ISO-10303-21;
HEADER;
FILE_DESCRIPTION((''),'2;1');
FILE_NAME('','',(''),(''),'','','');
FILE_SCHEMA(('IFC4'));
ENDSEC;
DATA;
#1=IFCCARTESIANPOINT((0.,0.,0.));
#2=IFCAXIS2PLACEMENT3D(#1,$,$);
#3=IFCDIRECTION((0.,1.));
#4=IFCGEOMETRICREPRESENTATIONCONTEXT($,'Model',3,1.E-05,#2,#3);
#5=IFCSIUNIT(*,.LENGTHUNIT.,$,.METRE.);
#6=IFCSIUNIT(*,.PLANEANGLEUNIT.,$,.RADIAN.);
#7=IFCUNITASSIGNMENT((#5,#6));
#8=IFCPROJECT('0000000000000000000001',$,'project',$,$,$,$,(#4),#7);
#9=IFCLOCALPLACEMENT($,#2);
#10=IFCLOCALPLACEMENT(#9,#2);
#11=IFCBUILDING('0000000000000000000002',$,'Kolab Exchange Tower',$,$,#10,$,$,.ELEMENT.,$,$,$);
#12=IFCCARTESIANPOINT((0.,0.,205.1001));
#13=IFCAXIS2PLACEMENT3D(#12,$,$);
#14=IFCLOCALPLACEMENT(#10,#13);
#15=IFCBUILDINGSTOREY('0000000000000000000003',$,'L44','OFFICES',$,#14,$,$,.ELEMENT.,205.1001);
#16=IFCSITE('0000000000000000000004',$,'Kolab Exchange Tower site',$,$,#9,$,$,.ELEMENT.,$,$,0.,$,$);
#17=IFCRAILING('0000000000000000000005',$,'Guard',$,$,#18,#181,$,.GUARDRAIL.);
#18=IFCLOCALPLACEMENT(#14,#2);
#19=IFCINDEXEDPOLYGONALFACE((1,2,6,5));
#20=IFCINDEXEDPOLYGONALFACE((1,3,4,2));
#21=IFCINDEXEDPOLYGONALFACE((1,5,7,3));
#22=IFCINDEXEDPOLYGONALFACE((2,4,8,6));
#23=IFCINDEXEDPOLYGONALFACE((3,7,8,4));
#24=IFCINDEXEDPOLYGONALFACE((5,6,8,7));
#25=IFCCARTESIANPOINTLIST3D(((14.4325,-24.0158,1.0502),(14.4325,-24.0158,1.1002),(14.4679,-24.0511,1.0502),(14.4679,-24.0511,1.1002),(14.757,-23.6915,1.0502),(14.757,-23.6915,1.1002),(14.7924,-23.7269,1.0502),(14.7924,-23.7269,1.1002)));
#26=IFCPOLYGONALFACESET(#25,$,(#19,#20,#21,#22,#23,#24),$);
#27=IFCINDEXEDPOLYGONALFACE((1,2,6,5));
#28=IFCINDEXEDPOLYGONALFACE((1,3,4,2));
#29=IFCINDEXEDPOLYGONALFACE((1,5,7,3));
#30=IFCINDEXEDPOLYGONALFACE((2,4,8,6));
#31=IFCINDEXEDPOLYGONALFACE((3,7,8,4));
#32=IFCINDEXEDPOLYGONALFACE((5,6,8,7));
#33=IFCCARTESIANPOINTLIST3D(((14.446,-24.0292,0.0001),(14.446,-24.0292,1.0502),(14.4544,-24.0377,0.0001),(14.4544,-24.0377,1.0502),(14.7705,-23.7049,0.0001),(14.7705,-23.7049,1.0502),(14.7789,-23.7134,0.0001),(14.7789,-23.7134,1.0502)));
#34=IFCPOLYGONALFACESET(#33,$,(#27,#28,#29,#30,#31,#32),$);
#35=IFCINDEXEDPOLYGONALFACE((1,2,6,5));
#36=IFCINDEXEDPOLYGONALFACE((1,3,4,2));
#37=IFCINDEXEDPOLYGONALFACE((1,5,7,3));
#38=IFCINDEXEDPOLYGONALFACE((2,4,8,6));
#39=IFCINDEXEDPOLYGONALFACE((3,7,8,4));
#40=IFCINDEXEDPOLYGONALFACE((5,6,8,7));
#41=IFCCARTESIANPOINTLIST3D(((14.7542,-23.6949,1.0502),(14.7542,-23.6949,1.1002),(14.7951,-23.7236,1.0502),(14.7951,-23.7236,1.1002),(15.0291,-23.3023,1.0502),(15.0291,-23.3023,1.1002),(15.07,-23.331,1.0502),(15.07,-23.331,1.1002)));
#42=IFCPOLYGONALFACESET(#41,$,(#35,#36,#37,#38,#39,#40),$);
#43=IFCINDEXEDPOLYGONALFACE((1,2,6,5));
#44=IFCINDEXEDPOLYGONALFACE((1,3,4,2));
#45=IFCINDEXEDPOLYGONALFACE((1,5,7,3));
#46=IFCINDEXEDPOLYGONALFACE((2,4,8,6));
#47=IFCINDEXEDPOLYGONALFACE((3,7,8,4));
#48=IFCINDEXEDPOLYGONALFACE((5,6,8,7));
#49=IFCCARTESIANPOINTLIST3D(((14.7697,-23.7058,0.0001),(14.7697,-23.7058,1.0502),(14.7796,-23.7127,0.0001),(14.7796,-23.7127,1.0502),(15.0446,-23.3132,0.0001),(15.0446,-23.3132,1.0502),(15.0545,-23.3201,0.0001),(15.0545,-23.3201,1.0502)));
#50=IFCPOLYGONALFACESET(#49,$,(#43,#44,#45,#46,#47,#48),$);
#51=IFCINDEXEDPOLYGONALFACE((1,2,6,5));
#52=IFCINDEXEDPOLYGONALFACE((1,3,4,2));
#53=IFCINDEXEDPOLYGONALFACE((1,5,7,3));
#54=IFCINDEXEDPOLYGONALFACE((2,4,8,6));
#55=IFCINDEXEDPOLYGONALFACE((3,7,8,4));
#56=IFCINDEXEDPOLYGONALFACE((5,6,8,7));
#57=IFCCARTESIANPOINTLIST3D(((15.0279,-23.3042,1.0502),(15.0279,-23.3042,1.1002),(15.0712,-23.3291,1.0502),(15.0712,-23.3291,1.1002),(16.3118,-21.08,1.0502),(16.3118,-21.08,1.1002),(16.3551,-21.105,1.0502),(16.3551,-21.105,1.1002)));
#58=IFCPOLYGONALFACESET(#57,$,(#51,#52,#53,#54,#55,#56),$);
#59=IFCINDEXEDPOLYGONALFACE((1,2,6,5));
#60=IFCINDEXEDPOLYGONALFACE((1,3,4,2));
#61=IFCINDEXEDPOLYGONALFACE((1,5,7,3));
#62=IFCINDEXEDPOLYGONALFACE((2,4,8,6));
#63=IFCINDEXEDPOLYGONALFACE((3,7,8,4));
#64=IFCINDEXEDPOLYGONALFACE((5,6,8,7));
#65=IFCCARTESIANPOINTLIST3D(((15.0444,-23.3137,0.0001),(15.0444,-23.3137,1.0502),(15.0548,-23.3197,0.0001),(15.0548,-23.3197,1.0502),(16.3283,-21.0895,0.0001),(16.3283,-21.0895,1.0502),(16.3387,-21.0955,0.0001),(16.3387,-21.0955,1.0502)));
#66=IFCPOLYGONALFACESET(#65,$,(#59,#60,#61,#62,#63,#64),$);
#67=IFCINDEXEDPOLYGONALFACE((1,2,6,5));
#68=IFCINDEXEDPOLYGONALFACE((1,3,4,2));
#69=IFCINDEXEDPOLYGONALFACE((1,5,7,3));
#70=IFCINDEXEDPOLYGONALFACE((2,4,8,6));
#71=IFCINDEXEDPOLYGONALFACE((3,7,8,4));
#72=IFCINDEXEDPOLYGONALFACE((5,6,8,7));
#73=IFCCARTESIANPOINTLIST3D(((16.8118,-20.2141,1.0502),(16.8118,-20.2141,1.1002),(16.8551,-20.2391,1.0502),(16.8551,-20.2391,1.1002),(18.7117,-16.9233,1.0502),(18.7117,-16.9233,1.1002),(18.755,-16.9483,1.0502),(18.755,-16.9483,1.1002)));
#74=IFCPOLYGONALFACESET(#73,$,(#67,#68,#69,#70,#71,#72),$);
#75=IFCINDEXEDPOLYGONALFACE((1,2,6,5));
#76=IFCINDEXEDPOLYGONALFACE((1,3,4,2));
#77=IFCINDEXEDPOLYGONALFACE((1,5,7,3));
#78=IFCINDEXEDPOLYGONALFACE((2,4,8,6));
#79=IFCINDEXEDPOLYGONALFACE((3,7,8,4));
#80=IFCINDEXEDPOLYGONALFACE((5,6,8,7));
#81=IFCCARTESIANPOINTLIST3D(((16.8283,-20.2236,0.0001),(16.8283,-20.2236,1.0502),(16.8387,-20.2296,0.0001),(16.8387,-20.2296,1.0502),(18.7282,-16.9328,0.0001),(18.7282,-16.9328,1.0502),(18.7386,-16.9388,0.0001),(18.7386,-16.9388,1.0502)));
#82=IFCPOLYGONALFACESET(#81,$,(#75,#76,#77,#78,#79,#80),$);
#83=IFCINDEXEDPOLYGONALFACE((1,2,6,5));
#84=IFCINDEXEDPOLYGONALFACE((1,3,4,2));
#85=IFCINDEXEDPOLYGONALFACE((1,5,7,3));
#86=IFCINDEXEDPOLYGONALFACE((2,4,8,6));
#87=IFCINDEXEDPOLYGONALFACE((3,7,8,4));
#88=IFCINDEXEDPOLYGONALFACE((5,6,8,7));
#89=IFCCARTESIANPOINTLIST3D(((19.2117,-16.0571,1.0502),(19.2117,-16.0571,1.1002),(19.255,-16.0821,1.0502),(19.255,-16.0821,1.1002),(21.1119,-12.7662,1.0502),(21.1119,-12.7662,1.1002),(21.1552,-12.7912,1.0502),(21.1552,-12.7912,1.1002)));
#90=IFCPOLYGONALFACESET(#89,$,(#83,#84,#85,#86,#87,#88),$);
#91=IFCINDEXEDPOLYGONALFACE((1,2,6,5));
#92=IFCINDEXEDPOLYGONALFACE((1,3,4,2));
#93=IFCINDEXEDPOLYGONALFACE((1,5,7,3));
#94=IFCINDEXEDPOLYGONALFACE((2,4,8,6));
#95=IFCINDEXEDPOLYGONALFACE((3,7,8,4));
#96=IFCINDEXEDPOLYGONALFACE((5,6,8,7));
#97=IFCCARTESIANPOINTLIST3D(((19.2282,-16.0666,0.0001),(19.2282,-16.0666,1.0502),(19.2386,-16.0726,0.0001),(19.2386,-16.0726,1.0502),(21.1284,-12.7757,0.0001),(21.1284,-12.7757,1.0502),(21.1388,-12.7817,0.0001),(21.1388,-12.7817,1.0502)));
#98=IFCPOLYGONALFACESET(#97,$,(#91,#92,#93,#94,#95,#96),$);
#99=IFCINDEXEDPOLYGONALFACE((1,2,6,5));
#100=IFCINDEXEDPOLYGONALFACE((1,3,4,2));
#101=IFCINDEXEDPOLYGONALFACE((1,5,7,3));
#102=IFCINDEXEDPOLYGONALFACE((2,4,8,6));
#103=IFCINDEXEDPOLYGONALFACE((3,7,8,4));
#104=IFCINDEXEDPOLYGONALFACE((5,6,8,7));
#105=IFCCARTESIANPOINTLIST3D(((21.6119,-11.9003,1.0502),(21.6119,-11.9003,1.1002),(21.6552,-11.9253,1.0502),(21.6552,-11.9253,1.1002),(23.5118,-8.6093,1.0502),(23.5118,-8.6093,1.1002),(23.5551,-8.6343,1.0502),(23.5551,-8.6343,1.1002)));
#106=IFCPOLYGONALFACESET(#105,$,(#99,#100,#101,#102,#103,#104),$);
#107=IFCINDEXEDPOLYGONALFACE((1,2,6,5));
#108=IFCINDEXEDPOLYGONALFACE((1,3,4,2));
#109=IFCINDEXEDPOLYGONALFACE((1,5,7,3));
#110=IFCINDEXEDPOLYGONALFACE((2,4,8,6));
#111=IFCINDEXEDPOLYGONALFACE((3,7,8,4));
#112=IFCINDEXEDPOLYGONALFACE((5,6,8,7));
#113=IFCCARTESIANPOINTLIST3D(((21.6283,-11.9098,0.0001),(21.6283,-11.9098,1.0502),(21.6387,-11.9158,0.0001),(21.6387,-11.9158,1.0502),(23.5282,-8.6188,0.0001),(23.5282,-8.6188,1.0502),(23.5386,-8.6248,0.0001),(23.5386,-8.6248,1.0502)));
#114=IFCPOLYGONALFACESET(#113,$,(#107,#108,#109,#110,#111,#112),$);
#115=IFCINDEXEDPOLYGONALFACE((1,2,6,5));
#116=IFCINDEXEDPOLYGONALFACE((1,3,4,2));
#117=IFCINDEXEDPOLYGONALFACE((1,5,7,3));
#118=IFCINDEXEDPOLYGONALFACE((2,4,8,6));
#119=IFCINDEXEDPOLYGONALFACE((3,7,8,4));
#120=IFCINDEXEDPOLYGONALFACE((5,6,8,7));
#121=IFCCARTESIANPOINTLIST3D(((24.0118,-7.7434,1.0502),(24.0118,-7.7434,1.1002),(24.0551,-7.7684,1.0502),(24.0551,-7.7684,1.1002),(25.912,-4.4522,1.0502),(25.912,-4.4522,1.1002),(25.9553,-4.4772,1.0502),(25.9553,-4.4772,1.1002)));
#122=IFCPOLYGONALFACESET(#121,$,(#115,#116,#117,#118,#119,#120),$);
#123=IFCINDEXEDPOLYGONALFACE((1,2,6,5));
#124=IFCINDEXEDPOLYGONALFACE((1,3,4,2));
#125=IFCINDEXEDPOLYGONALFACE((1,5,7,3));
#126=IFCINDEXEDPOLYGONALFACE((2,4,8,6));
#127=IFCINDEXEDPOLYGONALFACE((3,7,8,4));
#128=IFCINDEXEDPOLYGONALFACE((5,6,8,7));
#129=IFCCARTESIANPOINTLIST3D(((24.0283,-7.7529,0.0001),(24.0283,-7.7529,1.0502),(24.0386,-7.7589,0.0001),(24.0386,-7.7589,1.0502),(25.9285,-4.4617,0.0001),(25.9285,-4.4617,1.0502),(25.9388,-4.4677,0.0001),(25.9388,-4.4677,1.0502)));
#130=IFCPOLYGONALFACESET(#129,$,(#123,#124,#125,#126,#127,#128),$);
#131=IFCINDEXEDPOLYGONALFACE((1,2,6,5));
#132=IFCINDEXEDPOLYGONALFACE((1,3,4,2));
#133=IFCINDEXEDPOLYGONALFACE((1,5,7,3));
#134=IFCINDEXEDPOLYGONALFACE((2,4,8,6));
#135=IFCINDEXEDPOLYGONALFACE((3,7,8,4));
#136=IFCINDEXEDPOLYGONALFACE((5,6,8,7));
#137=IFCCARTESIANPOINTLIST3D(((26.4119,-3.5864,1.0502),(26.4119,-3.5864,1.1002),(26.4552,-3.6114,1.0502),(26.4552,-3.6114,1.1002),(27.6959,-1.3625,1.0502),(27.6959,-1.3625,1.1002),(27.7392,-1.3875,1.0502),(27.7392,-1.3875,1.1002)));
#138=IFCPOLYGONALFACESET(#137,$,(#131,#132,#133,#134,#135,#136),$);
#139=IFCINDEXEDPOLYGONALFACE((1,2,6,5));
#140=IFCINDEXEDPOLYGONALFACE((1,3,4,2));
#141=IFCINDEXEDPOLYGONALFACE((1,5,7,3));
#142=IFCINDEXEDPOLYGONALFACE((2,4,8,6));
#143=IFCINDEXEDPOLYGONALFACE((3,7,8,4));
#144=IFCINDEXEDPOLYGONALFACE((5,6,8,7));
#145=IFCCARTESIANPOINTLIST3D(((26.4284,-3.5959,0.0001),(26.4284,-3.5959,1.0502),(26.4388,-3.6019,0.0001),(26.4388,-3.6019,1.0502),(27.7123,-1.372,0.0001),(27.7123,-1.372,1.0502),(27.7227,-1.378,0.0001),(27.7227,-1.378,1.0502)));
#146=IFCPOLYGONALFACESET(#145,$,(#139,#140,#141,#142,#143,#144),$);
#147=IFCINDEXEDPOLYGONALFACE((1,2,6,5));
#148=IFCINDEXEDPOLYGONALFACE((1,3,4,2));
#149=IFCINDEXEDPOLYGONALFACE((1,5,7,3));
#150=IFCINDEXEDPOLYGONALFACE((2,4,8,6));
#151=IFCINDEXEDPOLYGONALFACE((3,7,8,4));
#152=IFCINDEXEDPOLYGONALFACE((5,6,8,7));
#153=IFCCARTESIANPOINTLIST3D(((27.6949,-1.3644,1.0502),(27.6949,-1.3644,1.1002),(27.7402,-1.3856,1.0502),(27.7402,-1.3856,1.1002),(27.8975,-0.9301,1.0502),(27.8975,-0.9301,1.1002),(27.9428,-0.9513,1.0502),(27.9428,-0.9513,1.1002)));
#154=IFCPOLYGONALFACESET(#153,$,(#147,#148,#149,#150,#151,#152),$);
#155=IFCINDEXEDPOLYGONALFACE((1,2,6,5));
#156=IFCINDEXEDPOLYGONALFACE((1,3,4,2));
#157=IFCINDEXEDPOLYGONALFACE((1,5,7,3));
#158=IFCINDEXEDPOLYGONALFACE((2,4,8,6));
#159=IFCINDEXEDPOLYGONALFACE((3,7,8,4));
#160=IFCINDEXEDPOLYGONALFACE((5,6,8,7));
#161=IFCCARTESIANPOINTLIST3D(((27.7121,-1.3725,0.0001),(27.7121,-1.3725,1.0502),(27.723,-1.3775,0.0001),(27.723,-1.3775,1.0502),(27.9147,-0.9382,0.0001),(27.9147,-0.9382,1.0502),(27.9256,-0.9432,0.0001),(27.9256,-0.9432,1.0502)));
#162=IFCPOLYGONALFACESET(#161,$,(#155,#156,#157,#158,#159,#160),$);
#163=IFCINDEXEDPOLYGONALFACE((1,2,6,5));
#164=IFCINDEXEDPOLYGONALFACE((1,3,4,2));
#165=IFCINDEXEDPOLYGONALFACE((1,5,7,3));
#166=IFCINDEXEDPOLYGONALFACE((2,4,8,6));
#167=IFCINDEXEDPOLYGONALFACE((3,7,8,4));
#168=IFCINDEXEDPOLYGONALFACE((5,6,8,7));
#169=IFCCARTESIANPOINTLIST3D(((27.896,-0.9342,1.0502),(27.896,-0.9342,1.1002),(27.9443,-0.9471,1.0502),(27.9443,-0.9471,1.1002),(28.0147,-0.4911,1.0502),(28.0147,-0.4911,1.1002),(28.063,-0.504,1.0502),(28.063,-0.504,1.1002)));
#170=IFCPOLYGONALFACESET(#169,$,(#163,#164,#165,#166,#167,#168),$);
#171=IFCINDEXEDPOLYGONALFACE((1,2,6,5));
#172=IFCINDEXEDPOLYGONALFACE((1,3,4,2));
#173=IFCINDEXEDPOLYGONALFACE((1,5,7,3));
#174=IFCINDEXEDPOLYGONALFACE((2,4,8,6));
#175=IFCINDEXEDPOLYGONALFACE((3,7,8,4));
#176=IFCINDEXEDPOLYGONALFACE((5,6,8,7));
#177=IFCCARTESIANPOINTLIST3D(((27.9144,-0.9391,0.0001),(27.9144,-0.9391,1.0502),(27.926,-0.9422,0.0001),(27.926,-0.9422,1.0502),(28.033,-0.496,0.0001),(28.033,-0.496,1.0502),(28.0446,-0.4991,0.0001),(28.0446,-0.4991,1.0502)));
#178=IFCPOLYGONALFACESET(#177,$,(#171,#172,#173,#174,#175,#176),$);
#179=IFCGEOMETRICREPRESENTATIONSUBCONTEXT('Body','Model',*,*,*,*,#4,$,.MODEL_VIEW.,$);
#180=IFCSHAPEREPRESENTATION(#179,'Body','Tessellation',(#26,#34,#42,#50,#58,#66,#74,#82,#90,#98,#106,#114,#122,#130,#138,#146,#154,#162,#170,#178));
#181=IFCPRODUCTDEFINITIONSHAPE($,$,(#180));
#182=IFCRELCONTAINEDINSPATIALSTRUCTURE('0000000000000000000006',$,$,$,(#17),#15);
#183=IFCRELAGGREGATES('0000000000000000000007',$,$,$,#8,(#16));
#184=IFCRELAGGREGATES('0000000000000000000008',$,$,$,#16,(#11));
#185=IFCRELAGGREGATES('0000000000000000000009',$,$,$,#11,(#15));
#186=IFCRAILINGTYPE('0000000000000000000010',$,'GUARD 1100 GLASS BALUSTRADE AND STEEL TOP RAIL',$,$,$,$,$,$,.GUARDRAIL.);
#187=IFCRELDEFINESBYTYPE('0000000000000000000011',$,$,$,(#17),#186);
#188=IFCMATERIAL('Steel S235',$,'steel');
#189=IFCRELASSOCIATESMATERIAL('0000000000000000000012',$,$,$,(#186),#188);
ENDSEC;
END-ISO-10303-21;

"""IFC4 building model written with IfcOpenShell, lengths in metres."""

from ifc_helpers import new_model, si_unit, direction, frame, frame_2d, origin, origin_2d, place, context, subcontext, project, spatial, rectangle, extrude, material, type_object, element, save


model = new_model("IFC4")

# Units and contexts
model_context = context("Model", 3, precision=1e-05, world=origin(), true_north=direction((0.0, 1.0)))
body_context = subcontext(model_context, "Body", "Model", "MODEL_VIEW")
ifc_project = project(units=[si_unit("LENGTHUNIT", "METRE"), si_unit("PLANEANGLEUNIT", "RADIAN")], contexts=[model_context])

# Site, building, storey
site_placement = place(None, origin())
site = spatial("IfcSite", under=ifc_project, at=site_placement, Name="Kolab Exchange Tower site", CompositionType="ELEMENT", RefElevation=0.0)
building_placement = place(site_placement, origin())
building = spatial("IfcBuilding", under=site, at=building_placement, Name="Kolab Exchange Tower", CompositionType="ELEMENT")
storey_placement = place(building_placement, frame((0.0, 0.0, 205.1001)))
storey = spatial("IfcBuildingStorey", under=building, at=storey_placement, Name="L44", Description="OFFICES", CompositionType="ELEMENT", Elevation=205.1001)

# Railing
ifc_material_1 = material(Name="Steel S235", Category="steel")
railing_type = type_object("IfcRailingType", Name="GUARD 1100 GLASS BALUSTRADE AND STEEL TOP RAIL", PredefinedType="GUARDRAIL", material=ifc_material_1)
railing_placement = place(storey_placement, frame((14.4502, -24.0334, 0.0)))
element("IfcRailing", 1, at=railing_placement, inside=storey, type_object=railing_type, Name="Guard", PredefinedType="GUARDRAIL", context=body_context, shape_type="SweptSolid", body=[
    extrude(rectangle(XDim=0.05, YDim=0.05, at=origin_2d()), frame((0.0, 0.0, 1.0752), z_axis=(0.707373, 0.706841, 0.0), x_axis=(-0.706841, 0.707373, 0.0)), (0.0, 0.0, 1.0), 0.4587),
    extrude(rectangle(XDim=0.012, YDim=1.0501, at=frame_2d((0.0, 0.5251))), frame((0.0, 0.0, 0.0), z_axis=(0.707373, 0.706841, 0.0), x_axis=(-0.706841, 0.707373, 0.0)), (0.0, 0.0, 1.0), 0.4587),
    extrude(rectangle(XDim=0.05, YDim=0.05, at=origin_2d()), frame((0.3245, 0.3242, 1.0752), z_axis=(0.573599, 0.819136, 0.0), x_axis=(-0.819136, 0.573599, 0.0)), (0.0, 0.0, 1.0), 0.4792),
    extrude(rectangle(XDim=0.012, YDim=1.0501, at=frame_2d((0.0, 0.5251))), frame((0.3245, 0.3242, 0.0), z_axis=(0.573599, 0.819136, 0.0), x_axis=(-0.819136, 0.573599, 0.0)), (0.0, 0.0, 1.0), 0.4792),
    extrude(rectangle(XDim=0.05, YDim=0.05, at=origin_2d()), frame((0.5994, 0.7168, 1.0752), z_axis=(0.499953, 0.866053, 0.0), x_axis=(-0.866053, 0.499953, 0.0)), (0.0, 0.0, 1.0), 2.5681),
    extrude(rectangle(XDim=0.012, YDim=1.0501, at=frame_2d((0.0, 0.5251))), frame((0.5994, 0.7168, 0.0), z_axis=(0.499953, 0.866053, 0.0), x_axis=(-0.866053, 0.499953, 0.0)), (0.0, 0.0, 1.0), 2.5681),
    extrude(rectangle(XDim=0.05, YDim=0.05, at=origin_2d()), frame((2.3833, 3.8069, 1.0752), z_axis=(0.499995, 0.866028, 0.0), x_axis=(-0.866028, 0.499995, 0.0)), (0.0, 0.0, 1.0), 3.7998),
    extrude(rectangle(XDim=0.012, YDim=1.0501, at=frame_2d((0.0, 0.5251))), frame((2.3833, 3.8069, 0.0), z_axis=(0.499995, 0.866028, 0.0), x_axis=(-0.866028, 0.499995, 0.0)), (0.0, 0.0, 1.0), 3.7998),
    extrude(rectangle(XDim=0.05, YDim=0.05, at=origin_2d()), frame((4.7832, 7.9639, 1.0752), z_axis=(0.500043, 0.866, 0.0), x_axis=(-0.866, 0.500043, 0.0)), (0.0, 0.0, 1.0), 3.8),
    extrude(rectangle(XDim=0.012, YDim=1.0501, at=frame_2d((0.0, 0.5251))), frame((4.7832, 7.9639, 0.0), z_axis=(0.500043, 0.866, 0.0), x_axis=(-0.866, 0.500043, 0.0)), (0.0, 0.0, 1.0), 3.8),
    extrude(rectangle(XDim=0.05, YDim=0.05, at=origin_2d()), frame((7.1833, 12.1206, 1.0752), z_axis=(0.499967, 0.866044, 0.0), x_axis=(-0.866044, 0.499967, 0.0)), (0.0, 0.0, 1.0), 3.8),
    extrude(rectangle(XDim=0.012, YDim=1.0501, at=frame_2d((0.0, 0.5251))), frame((7.1833, 12.1206, 0.0), z_axis=(0.499967, 0.866044, 0.0), x_axis=(-0.866044, 0.499967, 0.0)), (0.0, 0.0, 1.0), 3.8),
    extrude(rectangle(XDim=0.05, YDim=0.05, at=origin_2d()), frame((9.5833, 16.2776, 1.0752), z_axis=(0.500015, 0.866017, 0.0), x_axis=(-0.866017, 0.500015, 0.0)), (0.0, 0.0, 1.0), 3.8003),
    extrude(rectangle(XDim=0.012, YDim=1.0501, at=frame_2d((0.0, 0.5251))), frame((9.5833, 16.2776, 0.0), z_axis=(0.500015, 0.866017, 0.0), x_axis=(-0.866017, 0.500015, 0.0)), (0.0, 0.0, 1.0), 3.8003),
    extrude(rectangle(XDim=0.05, YDim=0.05, at=origin_2d()), frame((11.9834, 20.4346, 1.0752), z_axis=(0.499994, 0.866029, 0.0), x_axis=(-0.866029, 0.499994, 0.0)), (0.0, 0.0, 1.0), 2.5679),
    extrude(rectangle(XDim=0.012, YDim=1.0501, at=frame_2d((0.0, 0.5251))), frame((11.9834, 20.4346, 0.0), z_axis=(0.499994, 0.866029, 0.0), x_axis=(-0.866029, 0.499994, 0.0)), (0.0, 0.0, 1.0), 2.5679),
    extrude(rectangle(XDim=0.05, YDim=0.05, at=origin_2d()), frame((13.2673, 22.6584, 1.0752), z_axis=(0.422802, 0.906222, 0.0), x_axis=(-0.906222, 0.422802, 0.0)), (0.0, 0.0, 1.0), 0.4792),
    extrude(rectangle(XDim=0.012, YDim=1.0501, at=frame_2d((0.0, 0.5251))), frame((13.2673, 22.6584, 0.0), z_axis=(0.422802, 0.906222, 0.0), x_axis=(-0.906222, 0.422802, 0.0)), (0.0, 0.0, 1.0), 0.4792),
    extrude(rectangle(XDim=0.05, YDim=0.05, at=origin_2d()), frame((13.47, 23.0928, 1.0752), z_axis=(0.258656, 0.965969, 0.0), x_axis=(-0.965969, 0.258656, 0.0)), (0.0, 0.0, 1.0), 0.4587),
    extrude(rectangle(XDim=0.012, YDim=1.0501, at=frame_2d((0.0, 0.5251))), frame((13.47, 23.0928, 0.0), z_axis=(0.258656, 0.965969, 0.0), x_axis=(-0.965969, 0.258656, 0.0)), (0.0, 0.0, 1.0), 0.4587),
])

save(model, "model.ifc")
